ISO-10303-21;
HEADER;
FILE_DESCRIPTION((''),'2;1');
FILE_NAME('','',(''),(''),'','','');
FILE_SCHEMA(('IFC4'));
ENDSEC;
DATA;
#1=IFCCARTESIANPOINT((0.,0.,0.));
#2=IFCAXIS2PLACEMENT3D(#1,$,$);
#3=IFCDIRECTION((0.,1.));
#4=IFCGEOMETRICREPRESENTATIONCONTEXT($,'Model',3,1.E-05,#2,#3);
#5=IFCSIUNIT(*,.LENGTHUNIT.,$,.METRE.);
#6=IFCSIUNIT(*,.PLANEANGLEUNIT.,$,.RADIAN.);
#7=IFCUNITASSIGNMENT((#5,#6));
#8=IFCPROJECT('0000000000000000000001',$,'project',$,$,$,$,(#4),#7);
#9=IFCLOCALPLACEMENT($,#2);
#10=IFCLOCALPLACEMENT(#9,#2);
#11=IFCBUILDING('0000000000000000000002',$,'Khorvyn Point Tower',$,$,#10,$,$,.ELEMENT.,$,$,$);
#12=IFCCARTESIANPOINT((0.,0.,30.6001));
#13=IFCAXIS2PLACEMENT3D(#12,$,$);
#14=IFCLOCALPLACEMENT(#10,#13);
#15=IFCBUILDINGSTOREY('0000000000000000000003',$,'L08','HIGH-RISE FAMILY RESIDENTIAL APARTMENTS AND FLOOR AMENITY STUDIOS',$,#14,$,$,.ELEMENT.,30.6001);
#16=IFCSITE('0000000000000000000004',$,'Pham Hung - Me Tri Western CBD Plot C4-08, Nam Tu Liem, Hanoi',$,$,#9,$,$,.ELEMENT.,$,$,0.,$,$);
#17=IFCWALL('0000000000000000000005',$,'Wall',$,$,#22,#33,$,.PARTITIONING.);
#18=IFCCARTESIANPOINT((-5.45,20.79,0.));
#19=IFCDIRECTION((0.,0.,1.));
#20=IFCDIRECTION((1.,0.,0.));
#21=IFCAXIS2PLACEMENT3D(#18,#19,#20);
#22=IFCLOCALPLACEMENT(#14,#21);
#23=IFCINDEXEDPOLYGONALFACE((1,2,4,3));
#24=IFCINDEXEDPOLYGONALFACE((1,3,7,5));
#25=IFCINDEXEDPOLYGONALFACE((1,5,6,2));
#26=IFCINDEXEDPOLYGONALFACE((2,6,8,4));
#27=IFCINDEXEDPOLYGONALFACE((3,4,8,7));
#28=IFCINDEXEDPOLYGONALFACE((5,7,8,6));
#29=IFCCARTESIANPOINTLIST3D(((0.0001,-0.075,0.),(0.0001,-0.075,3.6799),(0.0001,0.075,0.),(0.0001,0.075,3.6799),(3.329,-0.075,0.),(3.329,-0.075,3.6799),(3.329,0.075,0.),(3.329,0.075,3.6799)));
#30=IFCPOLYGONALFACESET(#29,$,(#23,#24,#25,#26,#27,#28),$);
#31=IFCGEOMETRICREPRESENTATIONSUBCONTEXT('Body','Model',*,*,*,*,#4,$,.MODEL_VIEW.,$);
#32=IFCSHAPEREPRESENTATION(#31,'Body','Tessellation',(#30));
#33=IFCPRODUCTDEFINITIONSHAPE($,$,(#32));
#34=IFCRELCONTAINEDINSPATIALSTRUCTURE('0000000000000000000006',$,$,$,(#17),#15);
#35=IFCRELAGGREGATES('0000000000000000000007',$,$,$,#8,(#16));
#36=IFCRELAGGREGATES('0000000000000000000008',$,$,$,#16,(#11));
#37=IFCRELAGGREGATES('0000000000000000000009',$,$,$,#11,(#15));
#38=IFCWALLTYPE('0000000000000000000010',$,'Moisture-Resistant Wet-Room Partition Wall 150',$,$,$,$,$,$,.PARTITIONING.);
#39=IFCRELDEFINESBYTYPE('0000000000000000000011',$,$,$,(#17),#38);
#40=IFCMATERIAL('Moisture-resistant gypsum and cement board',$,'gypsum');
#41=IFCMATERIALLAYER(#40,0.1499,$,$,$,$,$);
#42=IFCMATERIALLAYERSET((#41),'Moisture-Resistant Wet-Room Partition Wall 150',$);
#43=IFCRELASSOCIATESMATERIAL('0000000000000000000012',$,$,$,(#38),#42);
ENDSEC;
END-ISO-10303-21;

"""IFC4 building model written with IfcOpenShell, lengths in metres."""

from ifc_helpers import new_model, si_unit, direction, frame, frame_2d, origin, place, context, subcontext, project, spatial, rectangle, extrude, material, layer, layer_set, type_object, element, save


model = new_model("IFC4")

# Units and contexts
model_context = context("Model", 3, precision=1e-05, world=origin(), true_north=direction((0.0, 1.0)))
body_context = subcontext(model_context, "Body", "Model", "MODEL_VIEW")
ifc_project = project(units=[si_unit("LENGTHUNIT", "METRE"), si_unit("PLANEANGLEUNIT", "RADIAN")], contexts=[model_context])

# Site, building, storey
site_placement = place(None, origin())
site = spatial("IfcSite", under=ifc_project, at=site_placement, Name="Pham Hung - Me Tri Western CBD Plot C4-08, Nam Tu Liem, Hanoi", CompositionType="ELEMENT", RefElevation=0.0)
building_placement = place(site_placement, origin())
building = spatial("IfcBuilding", under=site, at=building_placement, Name="Khorvyn Point Tower", CompositionType="ELEMENT")
storey_placement = place(building_placement, frame((0.0, 0.0, 30.6001)))
storey = spatial("IfcBuildingStorey", under=building, at=storey_placement, Name="L08", Description="HIGH-RISE FAMILY RESIDENTIAL APARTMENTS AND FLOOR AMENITY STUDIOS", CompositionType="ELEMENT", Elevation=30.6001)

# Wall
ifc_material_1 = material(Name="Moisture-resistant gypsum and cement board", Category="gypsum")
ifc_layer_1 = layer(ifc_material_1, 0.1499)
ifc_layer_set_1 = layer_set([ifc_layer_1], Name="Moisture-Resistant Wet-Room Partition Wall 150")
wall_type_1 = type_object("IfcWallType", Name="Moisture-Resistant Wet-Room Partition Wall 150", PredefinedType="PARTITIONING", material=ifc_layer_set_1)
wall_1_placement = place(storey_placement, frame((-5.45, 20.79, 0.0), z_axis=(0.0, 0.0, 1.0), x_axis=(1.0, 0.0, 0.0)))
element("IfcWall", 1, at=wall_1_placement, inside=storey, type_object=wall_type_1, Name="Wall", PredefinedType="PARTITIONING", context=body_context, shape_type="SweptSolid", body=[
    extrude(rectangle(XDim=3.3289, YDim=0.1499, at=frame_2d((1.6646, 0.0))), origin(), (0.0, 0.0, 1.0), 3.6799),
])

save(model, "model.ifc")
